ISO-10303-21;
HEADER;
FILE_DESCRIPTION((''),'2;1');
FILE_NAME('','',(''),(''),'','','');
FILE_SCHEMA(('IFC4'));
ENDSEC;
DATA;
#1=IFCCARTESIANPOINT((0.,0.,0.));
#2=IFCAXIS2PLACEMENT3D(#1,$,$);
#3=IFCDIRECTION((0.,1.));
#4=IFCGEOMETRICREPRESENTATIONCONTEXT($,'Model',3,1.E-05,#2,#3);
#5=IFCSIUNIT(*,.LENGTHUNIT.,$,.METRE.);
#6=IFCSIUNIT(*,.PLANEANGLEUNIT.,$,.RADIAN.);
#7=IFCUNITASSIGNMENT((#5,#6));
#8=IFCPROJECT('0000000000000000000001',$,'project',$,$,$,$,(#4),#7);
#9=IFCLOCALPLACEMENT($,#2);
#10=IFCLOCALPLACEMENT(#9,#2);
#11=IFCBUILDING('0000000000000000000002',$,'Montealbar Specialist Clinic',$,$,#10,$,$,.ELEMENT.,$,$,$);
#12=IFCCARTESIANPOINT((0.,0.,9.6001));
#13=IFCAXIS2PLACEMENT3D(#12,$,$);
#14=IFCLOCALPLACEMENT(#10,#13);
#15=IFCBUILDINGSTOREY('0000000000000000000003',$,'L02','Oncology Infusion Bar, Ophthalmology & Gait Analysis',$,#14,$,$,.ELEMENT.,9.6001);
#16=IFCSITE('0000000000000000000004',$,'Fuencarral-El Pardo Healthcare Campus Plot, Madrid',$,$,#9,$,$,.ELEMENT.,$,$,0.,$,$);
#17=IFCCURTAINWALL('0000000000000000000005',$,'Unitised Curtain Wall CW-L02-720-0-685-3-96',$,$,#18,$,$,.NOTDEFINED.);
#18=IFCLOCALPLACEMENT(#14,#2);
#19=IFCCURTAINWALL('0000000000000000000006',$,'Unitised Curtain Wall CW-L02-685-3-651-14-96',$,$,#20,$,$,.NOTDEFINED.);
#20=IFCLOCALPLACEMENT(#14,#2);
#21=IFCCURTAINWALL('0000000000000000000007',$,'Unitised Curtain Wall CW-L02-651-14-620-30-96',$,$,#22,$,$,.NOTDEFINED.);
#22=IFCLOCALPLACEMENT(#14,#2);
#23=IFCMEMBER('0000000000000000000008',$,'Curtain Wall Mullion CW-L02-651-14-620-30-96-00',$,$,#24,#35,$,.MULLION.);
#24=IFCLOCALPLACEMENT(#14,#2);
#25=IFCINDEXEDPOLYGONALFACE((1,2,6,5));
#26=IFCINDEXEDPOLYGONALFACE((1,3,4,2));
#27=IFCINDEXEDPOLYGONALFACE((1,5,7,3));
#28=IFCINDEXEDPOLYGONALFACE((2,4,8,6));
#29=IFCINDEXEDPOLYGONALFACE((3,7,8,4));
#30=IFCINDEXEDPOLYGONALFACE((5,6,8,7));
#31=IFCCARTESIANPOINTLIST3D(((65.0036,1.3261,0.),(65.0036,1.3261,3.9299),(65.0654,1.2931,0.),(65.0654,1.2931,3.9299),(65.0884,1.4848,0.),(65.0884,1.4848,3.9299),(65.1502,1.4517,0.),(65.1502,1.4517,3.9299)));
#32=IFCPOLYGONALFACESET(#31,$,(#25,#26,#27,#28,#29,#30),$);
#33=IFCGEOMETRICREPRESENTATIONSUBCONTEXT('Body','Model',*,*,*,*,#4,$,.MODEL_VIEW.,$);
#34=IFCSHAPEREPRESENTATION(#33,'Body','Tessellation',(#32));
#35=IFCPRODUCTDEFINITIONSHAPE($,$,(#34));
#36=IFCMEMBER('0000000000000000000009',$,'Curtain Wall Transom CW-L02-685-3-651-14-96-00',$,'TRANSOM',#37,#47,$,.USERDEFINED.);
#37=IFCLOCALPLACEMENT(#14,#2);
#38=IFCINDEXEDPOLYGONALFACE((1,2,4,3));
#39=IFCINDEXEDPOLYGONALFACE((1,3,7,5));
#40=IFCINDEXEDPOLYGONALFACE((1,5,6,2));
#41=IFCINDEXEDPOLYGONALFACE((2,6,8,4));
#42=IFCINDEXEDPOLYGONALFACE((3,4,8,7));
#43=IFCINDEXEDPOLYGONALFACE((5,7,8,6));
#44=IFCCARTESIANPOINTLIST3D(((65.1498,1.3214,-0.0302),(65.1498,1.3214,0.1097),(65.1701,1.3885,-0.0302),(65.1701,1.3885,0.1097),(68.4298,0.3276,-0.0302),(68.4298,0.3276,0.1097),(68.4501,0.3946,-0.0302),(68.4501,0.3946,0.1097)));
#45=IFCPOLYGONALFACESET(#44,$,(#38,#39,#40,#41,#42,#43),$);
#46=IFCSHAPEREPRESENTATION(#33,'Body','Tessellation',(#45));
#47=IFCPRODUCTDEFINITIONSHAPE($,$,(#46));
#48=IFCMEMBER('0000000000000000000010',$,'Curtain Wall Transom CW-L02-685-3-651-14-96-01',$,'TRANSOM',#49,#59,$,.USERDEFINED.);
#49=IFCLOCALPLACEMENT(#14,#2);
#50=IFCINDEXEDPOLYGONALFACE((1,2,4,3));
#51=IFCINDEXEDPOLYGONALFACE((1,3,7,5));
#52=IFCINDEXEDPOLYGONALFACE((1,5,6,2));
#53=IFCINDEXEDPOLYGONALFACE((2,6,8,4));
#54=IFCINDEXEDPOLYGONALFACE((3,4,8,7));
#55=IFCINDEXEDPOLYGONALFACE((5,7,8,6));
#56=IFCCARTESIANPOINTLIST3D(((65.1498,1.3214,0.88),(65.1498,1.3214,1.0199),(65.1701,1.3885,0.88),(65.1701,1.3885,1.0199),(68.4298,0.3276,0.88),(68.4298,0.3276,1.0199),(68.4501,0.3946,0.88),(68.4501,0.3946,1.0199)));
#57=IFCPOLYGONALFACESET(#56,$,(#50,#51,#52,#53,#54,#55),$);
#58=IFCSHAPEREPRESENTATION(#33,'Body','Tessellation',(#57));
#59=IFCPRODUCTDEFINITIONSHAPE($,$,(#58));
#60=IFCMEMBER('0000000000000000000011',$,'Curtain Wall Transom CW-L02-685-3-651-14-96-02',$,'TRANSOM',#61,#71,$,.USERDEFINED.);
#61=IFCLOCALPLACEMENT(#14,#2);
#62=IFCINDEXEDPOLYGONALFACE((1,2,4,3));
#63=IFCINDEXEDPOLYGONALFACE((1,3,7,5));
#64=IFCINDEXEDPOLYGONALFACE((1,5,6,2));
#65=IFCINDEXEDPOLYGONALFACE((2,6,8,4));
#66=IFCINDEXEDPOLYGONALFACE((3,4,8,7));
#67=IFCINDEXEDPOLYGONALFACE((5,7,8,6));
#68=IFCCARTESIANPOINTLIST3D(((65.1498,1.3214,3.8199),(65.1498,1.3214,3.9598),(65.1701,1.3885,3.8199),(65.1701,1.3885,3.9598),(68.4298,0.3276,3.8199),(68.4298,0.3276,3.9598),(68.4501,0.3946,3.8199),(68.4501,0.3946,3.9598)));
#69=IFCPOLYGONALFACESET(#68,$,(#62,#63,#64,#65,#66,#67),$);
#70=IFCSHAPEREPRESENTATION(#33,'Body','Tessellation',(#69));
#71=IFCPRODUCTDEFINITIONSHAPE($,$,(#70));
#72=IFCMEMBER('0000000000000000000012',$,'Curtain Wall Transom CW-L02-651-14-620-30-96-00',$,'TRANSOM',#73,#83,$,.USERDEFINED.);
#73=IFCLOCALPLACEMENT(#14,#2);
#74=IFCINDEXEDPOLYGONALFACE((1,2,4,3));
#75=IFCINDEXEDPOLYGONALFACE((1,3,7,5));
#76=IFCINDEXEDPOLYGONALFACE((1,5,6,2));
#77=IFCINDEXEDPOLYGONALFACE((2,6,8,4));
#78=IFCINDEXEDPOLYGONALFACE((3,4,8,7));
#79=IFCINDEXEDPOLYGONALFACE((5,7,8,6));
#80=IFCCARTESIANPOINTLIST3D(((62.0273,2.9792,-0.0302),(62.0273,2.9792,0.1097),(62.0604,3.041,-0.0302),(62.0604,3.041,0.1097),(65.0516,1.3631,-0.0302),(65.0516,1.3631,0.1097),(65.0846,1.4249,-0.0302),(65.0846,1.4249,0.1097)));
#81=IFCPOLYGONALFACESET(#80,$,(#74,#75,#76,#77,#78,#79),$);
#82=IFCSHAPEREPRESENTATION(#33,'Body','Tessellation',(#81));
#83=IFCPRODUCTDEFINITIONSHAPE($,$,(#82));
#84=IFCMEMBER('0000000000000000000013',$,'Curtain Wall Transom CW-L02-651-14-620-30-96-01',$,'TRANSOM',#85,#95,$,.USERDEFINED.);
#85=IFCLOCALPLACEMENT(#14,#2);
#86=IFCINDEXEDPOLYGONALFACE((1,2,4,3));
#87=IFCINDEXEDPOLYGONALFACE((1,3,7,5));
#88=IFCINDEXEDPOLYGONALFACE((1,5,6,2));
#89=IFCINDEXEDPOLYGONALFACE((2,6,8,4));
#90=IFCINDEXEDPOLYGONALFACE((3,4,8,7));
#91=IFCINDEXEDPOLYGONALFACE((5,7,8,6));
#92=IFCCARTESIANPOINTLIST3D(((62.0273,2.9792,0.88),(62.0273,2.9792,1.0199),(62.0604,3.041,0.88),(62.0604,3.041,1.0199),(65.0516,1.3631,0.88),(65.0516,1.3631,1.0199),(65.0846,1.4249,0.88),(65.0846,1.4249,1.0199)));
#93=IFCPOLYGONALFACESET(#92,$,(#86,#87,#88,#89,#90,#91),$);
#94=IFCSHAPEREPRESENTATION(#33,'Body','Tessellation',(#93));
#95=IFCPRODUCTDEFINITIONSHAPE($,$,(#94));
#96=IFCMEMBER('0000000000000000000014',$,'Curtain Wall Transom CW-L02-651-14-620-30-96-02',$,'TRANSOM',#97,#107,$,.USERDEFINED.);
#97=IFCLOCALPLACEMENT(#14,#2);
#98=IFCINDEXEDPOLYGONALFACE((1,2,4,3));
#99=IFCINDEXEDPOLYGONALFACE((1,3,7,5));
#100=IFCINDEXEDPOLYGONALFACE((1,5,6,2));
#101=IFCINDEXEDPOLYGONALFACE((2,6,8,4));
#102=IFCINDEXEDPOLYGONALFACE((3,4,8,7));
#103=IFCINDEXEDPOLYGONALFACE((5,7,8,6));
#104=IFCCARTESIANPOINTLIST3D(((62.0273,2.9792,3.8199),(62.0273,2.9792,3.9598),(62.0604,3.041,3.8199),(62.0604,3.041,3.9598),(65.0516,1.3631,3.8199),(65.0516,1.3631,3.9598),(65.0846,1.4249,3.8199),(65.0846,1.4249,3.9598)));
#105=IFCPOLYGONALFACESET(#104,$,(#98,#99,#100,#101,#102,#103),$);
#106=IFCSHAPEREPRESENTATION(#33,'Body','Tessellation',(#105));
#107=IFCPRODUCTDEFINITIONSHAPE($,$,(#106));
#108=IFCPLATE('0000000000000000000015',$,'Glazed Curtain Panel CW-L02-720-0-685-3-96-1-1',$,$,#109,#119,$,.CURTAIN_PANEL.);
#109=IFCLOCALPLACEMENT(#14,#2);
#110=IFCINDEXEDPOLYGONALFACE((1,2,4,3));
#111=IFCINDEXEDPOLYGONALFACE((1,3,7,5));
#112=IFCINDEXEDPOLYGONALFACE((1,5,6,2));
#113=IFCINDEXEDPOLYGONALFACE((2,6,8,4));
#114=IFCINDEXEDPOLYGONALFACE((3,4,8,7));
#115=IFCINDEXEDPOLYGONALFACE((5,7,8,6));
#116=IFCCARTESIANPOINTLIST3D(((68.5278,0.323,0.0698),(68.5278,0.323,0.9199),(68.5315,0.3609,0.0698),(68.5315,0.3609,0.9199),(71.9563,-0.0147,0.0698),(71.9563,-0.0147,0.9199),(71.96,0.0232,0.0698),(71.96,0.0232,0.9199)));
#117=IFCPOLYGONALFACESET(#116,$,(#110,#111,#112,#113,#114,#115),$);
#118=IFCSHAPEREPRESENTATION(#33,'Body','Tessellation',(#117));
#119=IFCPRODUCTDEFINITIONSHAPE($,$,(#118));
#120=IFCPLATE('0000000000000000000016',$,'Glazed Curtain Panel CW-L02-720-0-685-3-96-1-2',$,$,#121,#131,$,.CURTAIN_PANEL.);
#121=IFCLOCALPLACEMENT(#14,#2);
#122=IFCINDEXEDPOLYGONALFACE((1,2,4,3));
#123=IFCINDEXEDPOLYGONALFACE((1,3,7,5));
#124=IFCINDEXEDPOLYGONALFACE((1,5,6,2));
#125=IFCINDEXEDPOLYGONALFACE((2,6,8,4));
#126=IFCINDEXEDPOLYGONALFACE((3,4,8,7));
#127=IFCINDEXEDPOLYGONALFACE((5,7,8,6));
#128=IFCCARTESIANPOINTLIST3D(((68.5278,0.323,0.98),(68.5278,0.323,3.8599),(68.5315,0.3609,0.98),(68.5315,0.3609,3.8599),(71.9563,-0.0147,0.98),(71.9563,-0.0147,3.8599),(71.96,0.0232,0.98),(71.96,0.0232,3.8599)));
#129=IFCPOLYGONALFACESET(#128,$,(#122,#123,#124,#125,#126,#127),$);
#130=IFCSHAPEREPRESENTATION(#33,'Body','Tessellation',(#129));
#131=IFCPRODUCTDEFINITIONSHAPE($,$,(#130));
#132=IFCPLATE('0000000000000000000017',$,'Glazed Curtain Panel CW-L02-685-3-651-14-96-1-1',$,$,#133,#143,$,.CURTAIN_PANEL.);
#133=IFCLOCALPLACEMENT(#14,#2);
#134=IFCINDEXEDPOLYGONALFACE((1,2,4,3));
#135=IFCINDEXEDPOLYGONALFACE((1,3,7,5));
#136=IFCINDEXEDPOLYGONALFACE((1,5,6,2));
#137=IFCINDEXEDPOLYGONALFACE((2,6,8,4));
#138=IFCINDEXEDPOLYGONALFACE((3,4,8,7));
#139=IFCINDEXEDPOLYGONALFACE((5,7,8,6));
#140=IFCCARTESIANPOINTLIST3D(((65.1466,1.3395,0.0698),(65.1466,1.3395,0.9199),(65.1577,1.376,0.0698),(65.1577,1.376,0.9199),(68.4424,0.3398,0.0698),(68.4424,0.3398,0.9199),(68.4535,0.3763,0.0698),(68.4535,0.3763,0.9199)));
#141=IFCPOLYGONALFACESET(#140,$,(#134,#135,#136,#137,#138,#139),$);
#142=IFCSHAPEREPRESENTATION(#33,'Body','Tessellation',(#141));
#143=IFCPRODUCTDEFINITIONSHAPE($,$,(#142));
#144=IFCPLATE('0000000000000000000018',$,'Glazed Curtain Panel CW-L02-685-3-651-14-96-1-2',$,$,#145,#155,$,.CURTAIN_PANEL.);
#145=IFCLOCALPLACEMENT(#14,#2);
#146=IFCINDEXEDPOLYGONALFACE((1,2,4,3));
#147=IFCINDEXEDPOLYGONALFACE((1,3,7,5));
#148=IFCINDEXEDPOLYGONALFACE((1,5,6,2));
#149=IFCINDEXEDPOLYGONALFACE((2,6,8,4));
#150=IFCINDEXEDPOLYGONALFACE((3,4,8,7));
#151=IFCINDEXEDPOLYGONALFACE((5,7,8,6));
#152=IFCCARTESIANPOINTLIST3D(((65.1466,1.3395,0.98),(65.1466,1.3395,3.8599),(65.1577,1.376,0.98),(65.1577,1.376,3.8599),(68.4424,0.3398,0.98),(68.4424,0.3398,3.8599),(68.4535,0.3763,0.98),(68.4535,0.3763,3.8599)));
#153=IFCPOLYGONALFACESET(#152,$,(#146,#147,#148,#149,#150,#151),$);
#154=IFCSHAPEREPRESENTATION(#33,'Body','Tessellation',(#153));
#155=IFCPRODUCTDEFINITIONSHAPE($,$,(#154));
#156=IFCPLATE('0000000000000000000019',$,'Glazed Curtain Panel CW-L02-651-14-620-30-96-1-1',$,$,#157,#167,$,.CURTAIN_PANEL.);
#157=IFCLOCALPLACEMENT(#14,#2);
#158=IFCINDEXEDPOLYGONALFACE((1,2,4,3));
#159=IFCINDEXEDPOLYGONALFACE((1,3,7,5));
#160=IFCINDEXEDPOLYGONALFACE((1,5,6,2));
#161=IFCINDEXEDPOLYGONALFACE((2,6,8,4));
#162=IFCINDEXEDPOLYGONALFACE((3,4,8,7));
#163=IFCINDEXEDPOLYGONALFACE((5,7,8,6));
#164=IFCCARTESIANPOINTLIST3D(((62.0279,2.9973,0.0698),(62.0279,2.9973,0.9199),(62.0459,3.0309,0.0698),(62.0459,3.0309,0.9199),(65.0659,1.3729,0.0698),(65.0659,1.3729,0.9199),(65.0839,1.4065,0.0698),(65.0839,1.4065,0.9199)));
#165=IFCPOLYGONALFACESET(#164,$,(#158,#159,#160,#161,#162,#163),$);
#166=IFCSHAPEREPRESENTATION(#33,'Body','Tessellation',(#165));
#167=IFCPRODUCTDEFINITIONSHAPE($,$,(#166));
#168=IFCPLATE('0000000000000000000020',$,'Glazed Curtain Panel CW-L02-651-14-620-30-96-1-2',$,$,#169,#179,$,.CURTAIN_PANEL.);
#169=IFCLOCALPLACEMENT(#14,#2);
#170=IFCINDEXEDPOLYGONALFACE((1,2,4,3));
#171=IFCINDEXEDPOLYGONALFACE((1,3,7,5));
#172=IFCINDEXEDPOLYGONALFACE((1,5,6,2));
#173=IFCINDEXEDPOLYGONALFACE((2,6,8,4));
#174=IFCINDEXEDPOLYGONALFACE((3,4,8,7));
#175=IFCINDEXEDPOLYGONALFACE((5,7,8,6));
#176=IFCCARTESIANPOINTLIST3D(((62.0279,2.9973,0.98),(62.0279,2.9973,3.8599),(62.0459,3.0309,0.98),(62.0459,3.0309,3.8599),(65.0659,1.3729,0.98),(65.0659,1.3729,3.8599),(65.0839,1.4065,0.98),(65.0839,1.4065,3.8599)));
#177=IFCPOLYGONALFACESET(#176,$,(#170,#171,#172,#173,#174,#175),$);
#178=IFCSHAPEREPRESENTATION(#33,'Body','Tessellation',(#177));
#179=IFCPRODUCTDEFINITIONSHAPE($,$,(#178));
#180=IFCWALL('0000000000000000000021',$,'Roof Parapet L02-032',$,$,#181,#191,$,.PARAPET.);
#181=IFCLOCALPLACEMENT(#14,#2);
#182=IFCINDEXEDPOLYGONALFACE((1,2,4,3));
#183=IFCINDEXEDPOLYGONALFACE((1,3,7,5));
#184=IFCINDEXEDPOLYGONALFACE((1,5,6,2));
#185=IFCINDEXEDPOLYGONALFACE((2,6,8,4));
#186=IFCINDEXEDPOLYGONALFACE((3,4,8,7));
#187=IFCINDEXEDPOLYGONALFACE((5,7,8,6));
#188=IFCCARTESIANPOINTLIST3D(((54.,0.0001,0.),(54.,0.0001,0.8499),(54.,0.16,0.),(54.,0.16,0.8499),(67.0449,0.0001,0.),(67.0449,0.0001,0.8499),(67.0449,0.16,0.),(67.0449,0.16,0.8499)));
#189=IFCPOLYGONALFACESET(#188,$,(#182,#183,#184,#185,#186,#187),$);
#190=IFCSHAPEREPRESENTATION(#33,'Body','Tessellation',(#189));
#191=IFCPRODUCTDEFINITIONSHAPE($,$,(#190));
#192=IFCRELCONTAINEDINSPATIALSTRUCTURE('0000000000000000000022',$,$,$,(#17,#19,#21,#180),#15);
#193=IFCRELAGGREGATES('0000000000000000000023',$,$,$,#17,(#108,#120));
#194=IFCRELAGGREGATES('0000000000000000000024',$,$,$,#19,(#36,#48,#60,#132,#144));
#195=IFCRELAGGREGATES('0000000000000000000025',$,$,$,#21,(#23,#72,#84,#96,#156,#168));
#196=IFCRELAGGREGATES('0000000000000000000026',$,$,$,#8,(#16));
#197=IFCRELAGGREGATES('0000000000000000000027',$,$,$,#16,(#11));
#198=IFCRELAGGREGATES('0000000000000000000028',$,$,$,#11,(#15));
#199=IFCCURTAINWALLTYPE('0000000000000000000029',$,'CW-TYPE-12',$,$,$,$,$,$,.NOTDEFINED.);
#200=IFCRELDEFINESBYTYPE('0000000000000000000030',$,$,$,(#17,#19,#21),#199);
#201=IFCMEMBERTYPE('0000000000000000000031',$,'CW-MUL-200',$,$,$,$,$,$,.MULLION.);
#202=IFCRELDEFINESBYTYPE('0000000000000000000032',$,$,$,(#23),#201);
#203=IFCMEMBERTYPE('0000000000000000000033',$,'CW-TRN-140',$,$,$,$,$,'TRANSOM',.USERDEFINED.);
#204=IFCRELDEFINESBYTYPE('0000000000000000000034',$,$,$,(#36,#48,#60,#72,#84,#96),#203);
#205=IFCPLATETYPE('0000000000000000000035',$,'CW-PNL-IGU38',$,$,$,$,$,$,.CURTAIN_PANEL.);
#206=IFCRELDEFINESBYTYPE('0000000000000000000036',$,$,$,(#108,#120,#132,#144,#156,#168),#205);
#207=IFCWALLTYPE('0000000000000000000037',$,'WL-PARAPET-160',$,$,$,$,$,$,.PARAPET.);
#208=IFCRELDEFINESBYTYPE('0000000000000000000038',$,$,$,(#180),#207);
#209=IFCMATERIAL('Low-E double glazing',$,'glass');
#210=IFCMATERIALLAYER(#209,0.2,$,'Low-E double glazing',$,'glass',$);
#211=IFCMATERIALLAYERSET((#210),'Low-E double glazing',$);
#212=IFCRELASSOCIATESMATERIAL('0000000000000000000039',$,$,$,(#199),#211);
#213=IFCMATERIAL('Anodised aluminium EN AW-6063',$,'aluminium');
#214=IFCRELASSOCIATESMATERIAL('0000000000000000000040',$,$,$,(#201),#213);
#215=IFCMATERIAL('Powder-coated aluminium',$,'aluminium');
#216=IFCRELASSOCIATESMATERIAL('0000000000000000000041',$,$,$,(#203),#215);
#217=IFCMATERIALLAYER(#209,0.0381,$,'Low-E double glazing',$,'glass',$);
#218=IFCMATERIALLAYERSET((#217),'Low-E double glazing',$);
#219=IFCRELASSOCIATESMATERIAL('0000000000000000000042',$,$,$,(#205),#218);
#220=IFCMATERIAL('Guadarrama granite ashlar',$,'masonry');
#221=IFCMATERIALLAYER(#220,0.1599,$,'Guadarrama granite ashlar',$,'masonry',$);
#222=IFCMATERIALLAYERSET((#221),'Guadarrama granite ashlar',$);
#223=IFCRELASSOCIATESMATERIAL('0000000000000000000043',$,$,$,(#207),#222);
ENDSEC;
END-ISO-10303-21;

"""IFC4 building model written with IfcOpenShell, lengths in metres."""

from ifc_helpers import new_model, si_unit, direction, frame, frame_2d, origin, origin_2d, place, context, subcontext, project, spatial, rectangle, extrude, material, layer, layer_set, material_profile, profile_set, type_object, element, aggregate, save


model = new_model("IFC4")

# Units and contexts
model_context = context("Model", 3, precision=1e-05, world=origin(), true_north=direction((0.0, 1.0)))
body_context = subcontext(model_context, "Body", "Model", "MODEL_VIEW")
ifc_project = project(units=[si_unit("LENGTHUNIT", "METRE"), si_unit("PLANEANGLEUNIT", "RADIAN")], contexts=[model_context])

# Site, building, storey
site_placement = place(None, origin())
site = spatial("IfcSite", under=ifc_project, at=site_placement, Name="Fuencarral-El Pardo Healthcare Campus Plot, Madrid", CompositionType="ELEMENT", RefElevation=0.0)
building_placement = place(site_placement, origin())
building = spatial("IfcBuilding", under=site, at=building_placement, Name="Montealbar Specialist Clinic", CompositionType="ELEMENT")
storey_placement = place(building_placement, frame((0.0, 0.0, 9.6001)))
storey = spatial("IfcBuildingStorey", under=building, at=storey_placement, Name="L02", Description="Oncology Infusion Bar, Ophthalmology & Gait Analysis", CompositionType="ELEMENT", Elevation=9.6001)

# Curtain wall
ifc_material_1 = material(Name="Low-E double glazing", Category="glass")
ifc_layer_1 = layer(ifc_material_1, 0.2, Name="Low-E double glazing", Category="glass")
ifc_layer_set_1 = layer_set([ifc_layer_1], Name="Low-E double glazing")
curtain_wall_type = type_object("IfcCurtainWallType", Name="CW-TYPE-12", PredefinedType="NOTDEFINED", material=ifc_layer_set_1)
curtain_wall_1_placement = place(storey_placement, origin())
curtain_wall_1 = element("IfcCurtainWall", 1, at=curtain_wall_1_placement, inside=storey, type_object=curtain_wall_type, Name="Unitised Curtain Wall CW-L02-720-0-685-3-96", PredefinedType="NOTDEFINED")
ifc_material_2 = material(Name="Anodised aluminium EN AW-6063", Category="aluminium")
ifc_material_profile_1 = material_profile(ifc_material_2, rectangle(XDim=0.0701, YDim=0.1799, at=origin_2d()), Name="ALU 70x180", Category="aluminium")
ifc_profile_set_1 = profile_set([ifc_material_profile_1], Name="Anodised aluminium EN AW-6063")
member_type_1 = type_object("IfcMemberType", Name="CW-MUL-200", PredefinedType="MULLION", material=ifc_profile_set_1)

# Curtain wall
curtain_wall_2_placement = place(storey_placement, origin())
curtain_wall_2 = element("IfcCurtainWall", 2, at=curtain_wall_2_placement, inside=storey, type_object=curtain_wall_type, Name="Unitised Curtain Wall CW-L02-685-3-651-14-96", PredefinedType="NOTDEFINED")

# Curtain wall, member
curtain_wall_3_placement = place(storey_placement, origin())
curtain_wall_3 = element("IfcCurtainWall", 3, at=curtain_wall_3_placement, inside=storey, type_object=curtain_wall_type, Name="Unitised Curtain Wall CW-L02-651-14-620-30-96", PredefinedType="NOTDEFINED")
member_1_placement = place(storey_placement, frame((65.0769, 1.3889, 0.0), z_axis=(0.0, 0.0, 1.0), x_axis=(-0.88185, 0.471529, 0.0)))
member_1 = element("IfcMember", 4, at=member_1_placement, type_object=member_type_1, Name="Curtain Wall Mullion CW-L02-651-14-620-30-96-00", PredefinedType="MULLION", context=body_context, shape_type="SweptSolid", body=[
    extrude(rectangle(XDim=0.0701, YDim=0.1799, at=origin_2d()), origin(), (0.0, 0.0, 1.0), 3.9299),
])

# Members
ifc_material_3 = material(Name="Powder-coated aluminium", Category="aluminium")
ifc_material_profile_2 = material_profile(ifc_material_3, rectangle(XDim=0.0701, YDim=0.1399, at=origin_2d()), Name="ALU 70x140", Category="aluminium")
ifc_profile_set_2 = profile_set([ifc_material_profile_2], Name="Powder-coated aluminium")
member_type_2 = type_object("IfcMemberType", Name="CW-TRN-140", ElementType="TRANSOM", PredefinedType="USERDEFINED", material=ifc_profile_set_2)
member_2_placement = place(storey_placement, frame((68.4399, 0.3611, 0.0398), z_axis=(-0.957029, 0.289994, 0.0), x_axis=(-0.289994, -0.957029, 0.0)))
member_2 = element("IfcMember", 5, at=member_2_placement, type_object=member_type_2, Name="Curtain Wall Transom CW-L02-685-3-651-14-96-00", ObjectType="TRANSOM", PredefinedType="USERDEFINED", context=body_context, shape_type="SweptSolid", body=[
    extrude(rectangle(XDim=0.0701, YDim=0.1399, at=origin_2d()), origin(), (0.0, 0.0, 1.0), 3.4272),
])
member_3_placement = place(storey_placement, frame((68.4399, 0.3611, 0.95), z_axis=(-0.957029, 0.289994, 0.0), x_axis=(-0.289994, -0.957029, 0.0)))
member_3 = element("IfcMember", 6, at=member_3_placement, type_object=member_type_2, Name="Curtain Wall Transom CW-L02-685-3-651-14-96-01", ObjectType="TRANSOM", PredefinedType="USERDEFINED", context=body_context, shape_type="SweptSolid", body=[
    extrude(rectangle(XDim=0.0701, YDim=0.1399, at=origin_2d()), origin(), (0.0, 0.0, 1.0), 3.4272),
])
member_4_placement = place(storey_placement, frame((68.4399, 0.3611, 3.8899), z_axis=(-0.957029, 0.289994, 0.0), x_axis=(-0.289994, -0.957029, 0.0)))
member_4 = element("IfcMember", 7, at=member_4_placement, type_object=member_type_2, Name="Curtain Wall Transom CW-L02-685-3-651-14-96-02", ObjectType="TRANSOM", PredefinedType="USERDEFINED", context=body_context, shape_type="SweptSolid", body=[
    extrude(rectangle(XDim=0.0701, YDim=0.1399, at=origin_2d()), origin(), (0.0, 0.0, 1.0), 3.4272),
])
member_5_placement = place(storey_placement, frame((65.0681, 1.394, 0.0398), z_axis=(-0.88198, 0.471287, 0.0), x_axis=(-0.471287, -0.88198, 0.0)))
member_5 = element("IfcMember", 8, at=member_5_placement, type_object=member_type_2, Name="Curtain Wall Transom CW-L02-651-14-620-30-96-00", ObjectType="TRANSOM", PredefinedType="USERDEFINED", context=body_context, shape_type="SweptSolid", body=[
    extrude(rectangle(XDim=0.0701, YDim=0.1399, at=origin_2d()), origin(), (0.0, 0.0, 1.0), 3.429),
])
member_6_placement = place(storey_placement, frame((65.0681, 1.394, 0.95), z_axis=(-0.88198, 0.471287, 0.0), x_axis=(-0.471287, -0.88198, 0.0)))
member_6 = element("IfcMember", 9, at=member_6_placement, type_object=member_type_2, Name="Curtain Wall Transom CW-L02-651-14-620-30-96-01", ObjectType="TRANSOM", PredefinedType="USERDEFINED", context=body_context, shape_type="SweptSolid", body=[
    extrude(rectangle(XDim=0.0701, YDim=0.1399, at=origin_2d()), origin(), (0.0, 0.0, 1.0), 3.429),
])
member_7_placement = place(storey_placement, frame((65.0681, 1.394, 3.8899), z_axis=(-0.88198, 0.471287, 0.0), x_axis=(-0.471287, -0.88198, 0.0)))
member_7 = element("IfcMember", 10, at=member_7_placement, type_object=member_type_2, Name="Curtain Wall Transom CW-L02-651-14-620-30-96-02", ObjectType="TRANSOM", PredefinedType="USERDEFINED", context=body_context, shape_type="SweptSolid", body=[
    extrude(rectangle(XDim=0.0701, YDim=0.1399, at=origin_2d()), origin(), (0.0, 0.0, 1.0), 3.429),
])

# Plates
ifc_layer_2 = layer(ifc_material_1, 0.0381, Name="Low-E double glazing", Category="glass")
ifc_layer_set_2 = layer_set([ifc_layer_2], Name="Low-E double glazing")
plate_type = type_object("IfcPlateType", Name="CW-PNL-IGU38", PredefinedType="CURTAIN_PANEL", material=ifc_layer_set_2)
plate_1_placement = place(storey_placement, frame((70.2439, 0.1731, 0.0698), z_axis=(0.0, 0.0, 1.0), x_axis=(-0.995182, 0.098045, 0.0)))
plate_1 = element("IfcPlate", 11, at=plate_1_placement, type_object=plate_type, Name="Glazed Curtain Panel CW-L02-720-0-685-3-96-1-1", PredefinedType="CURTAIN_PANEL", context=body_context, shape_type="SweptSolid", body=[
    extrude(rectangle(XDim=3.4451, YDim=0.0381, at=origin_2d()), origin(), (0.0, 0.0, 1.0), 0.8501),
])
plate_2_placement = place(storey_placement, frame((70.2439, 0.1731, 0.98), z_axis=(0.0, 0.0, 1.0), x_axis=(-0.995182, 0.098045, 0.0)))
plate_2 = element("IfcPlate", 12, at=plate_2_placement, type_object=plate_type, Name="Glazed Curtain Panel CW-L02-720-0-685-3-96-1-2", PredefinedType="CURTAIN_PANEL", context=body_context, shape_type="SweptSolid", body=[
    extrude(rectangle(XDim=3.4451, YDim=0.0381, at=origin_2d()), origin(), (0.0, 0.0, 1.0), 2.8799),
])
aggregate(curtain_wall_1, [plate_1, plate_2])
plate_3_placement = place(storey_placement, frame((66.8, 0.8579, 0.0698), z_axis=(0.0, 0.0, 1.0), x_axis=(-0.956948, 0.290259, 0.0)))
plate_3 = element("IfcPlate", 13, at=plate_3_placement, type_object=plate_type, Name="Glazed Curtain Panel CW-L02-685-3-651-14-96-1-1", PredefinedType="CURTAIN_PANEL", context=body_context, shape_type="SweptSolid", body=[
    extrude(rectangle(XDim=3.4441, YDim=0.0381, at=origin_2d()), origin(), (0.0, 0.0, 1.0), 0.8501),
])
plate_4_placement = place(storey_placement, frame((66.8, 0.8579, 0.98), z_axis=(0.0, 0.0, 1.0), x_axis=(-0.956948, 0.290259, 0.0)))
plate_4 = element("IfcPlate", 14, at=plate_4_placement, type_object=plate_type, Name="Glazed Curtain Panel CW-L02-685-3-651-14-96-1-2", PredefinedType="CURTAIN_PANEL", context=body_context, shape_type="SweptSolid", body=[
    extrude(rectangle(XDim=3.4441, YDim=0.0381, at=origin_2d()), origin(), (0.0, 0.0, 1.0), 2.8799),
])
aggregate(curtain_wall_2, [member_2, member_3, member_4, plate_3, plate_4])
plate_5_placement = place(storey_placement, frame((63.5559, 2.2019, 0.0698), z_axis=(0.0, 0.0, 1.0), x_axis=(-0.88185, 0.471529, 0.0)))
plate_5 = element("IfcPlate", 15, at=plate_5_placement, type_object=plate_type, Name="Glazed Curtain Panel CW-L02-651-14-620-30-96-1-1", PredefinedType="CURTAIN_PANEL", context=body_context, shape_type="SweptSolid", body=[
    extrude(rectangle(XDim=3.4451, YDim=0.0381, at=origin_2d()), origin(), (0.0, 0.0, 1.0), 0.8501),
])
plate_6_placement = place(storey_placement, frame((63.5559, 2.2019, 0.98), z_axis=(0.0, 0.0, 1.0), x_axis=(-0.88185, 0.471529, 0.0)))
plate_6 = element("IfcPlate", 16, at=plate_6_placement, type_object=plate_type, Name="Glazed Curtain Panel CW-L02-651-14-620-30-96-1-2", PredefinedType="CURTAIN_PANEL", context=body_context, shape_type="SweptSolid", body=[
    extrude(rectangle(XDim=3.4451, YDim=0.0381, at=origin_2d()), origin(), (0.0, 0.0, 1.0), 2.8799),
])
aggregate(curtain_wall_3, [member_1, member_5, member_6, member_7, plate_5, plate_6])

# Wall
ifc_material_4 = material(Name="Guadarrama granite ashlar", Category="masonry")
ifc_layer_3 = layer(ifc_material_4, 0.1599, Name="Guadarrama granite ashlar", Category="masonry")
ifc_layer_set_3 = layer_set([ifc_layer_3], Name="Guadarrama granite ashlar")
wall_type_1 = type_object("IfcWallType", Name="WL-PARAPET-160", PredefinedType="PARAPET", material=ifc_layer_set_3)
wall_1_placement = place(storey_placement, frame((67.0449, 0.0801, 0.0), z_axis=(0.0, 0.0, 1.0), x_axis=(-1.0, 0.0, 0.0)))
element("IfcWall", 17, at=wall_1_placement, inside=storey, type_object=wall_type_1, Name="Roof Parapet L02-032", PredefinedType="PARAPET", context=body_context, shape_type="SweptSolid", body=[
    extrude(rectangle(XDim=13.0449, YDim=0.1599, at=frame_2d((6.5225, 0.0))), origin(), (0.0, 0.0, 1.0), 0.8499),
])

save(model, "model.ifc")
